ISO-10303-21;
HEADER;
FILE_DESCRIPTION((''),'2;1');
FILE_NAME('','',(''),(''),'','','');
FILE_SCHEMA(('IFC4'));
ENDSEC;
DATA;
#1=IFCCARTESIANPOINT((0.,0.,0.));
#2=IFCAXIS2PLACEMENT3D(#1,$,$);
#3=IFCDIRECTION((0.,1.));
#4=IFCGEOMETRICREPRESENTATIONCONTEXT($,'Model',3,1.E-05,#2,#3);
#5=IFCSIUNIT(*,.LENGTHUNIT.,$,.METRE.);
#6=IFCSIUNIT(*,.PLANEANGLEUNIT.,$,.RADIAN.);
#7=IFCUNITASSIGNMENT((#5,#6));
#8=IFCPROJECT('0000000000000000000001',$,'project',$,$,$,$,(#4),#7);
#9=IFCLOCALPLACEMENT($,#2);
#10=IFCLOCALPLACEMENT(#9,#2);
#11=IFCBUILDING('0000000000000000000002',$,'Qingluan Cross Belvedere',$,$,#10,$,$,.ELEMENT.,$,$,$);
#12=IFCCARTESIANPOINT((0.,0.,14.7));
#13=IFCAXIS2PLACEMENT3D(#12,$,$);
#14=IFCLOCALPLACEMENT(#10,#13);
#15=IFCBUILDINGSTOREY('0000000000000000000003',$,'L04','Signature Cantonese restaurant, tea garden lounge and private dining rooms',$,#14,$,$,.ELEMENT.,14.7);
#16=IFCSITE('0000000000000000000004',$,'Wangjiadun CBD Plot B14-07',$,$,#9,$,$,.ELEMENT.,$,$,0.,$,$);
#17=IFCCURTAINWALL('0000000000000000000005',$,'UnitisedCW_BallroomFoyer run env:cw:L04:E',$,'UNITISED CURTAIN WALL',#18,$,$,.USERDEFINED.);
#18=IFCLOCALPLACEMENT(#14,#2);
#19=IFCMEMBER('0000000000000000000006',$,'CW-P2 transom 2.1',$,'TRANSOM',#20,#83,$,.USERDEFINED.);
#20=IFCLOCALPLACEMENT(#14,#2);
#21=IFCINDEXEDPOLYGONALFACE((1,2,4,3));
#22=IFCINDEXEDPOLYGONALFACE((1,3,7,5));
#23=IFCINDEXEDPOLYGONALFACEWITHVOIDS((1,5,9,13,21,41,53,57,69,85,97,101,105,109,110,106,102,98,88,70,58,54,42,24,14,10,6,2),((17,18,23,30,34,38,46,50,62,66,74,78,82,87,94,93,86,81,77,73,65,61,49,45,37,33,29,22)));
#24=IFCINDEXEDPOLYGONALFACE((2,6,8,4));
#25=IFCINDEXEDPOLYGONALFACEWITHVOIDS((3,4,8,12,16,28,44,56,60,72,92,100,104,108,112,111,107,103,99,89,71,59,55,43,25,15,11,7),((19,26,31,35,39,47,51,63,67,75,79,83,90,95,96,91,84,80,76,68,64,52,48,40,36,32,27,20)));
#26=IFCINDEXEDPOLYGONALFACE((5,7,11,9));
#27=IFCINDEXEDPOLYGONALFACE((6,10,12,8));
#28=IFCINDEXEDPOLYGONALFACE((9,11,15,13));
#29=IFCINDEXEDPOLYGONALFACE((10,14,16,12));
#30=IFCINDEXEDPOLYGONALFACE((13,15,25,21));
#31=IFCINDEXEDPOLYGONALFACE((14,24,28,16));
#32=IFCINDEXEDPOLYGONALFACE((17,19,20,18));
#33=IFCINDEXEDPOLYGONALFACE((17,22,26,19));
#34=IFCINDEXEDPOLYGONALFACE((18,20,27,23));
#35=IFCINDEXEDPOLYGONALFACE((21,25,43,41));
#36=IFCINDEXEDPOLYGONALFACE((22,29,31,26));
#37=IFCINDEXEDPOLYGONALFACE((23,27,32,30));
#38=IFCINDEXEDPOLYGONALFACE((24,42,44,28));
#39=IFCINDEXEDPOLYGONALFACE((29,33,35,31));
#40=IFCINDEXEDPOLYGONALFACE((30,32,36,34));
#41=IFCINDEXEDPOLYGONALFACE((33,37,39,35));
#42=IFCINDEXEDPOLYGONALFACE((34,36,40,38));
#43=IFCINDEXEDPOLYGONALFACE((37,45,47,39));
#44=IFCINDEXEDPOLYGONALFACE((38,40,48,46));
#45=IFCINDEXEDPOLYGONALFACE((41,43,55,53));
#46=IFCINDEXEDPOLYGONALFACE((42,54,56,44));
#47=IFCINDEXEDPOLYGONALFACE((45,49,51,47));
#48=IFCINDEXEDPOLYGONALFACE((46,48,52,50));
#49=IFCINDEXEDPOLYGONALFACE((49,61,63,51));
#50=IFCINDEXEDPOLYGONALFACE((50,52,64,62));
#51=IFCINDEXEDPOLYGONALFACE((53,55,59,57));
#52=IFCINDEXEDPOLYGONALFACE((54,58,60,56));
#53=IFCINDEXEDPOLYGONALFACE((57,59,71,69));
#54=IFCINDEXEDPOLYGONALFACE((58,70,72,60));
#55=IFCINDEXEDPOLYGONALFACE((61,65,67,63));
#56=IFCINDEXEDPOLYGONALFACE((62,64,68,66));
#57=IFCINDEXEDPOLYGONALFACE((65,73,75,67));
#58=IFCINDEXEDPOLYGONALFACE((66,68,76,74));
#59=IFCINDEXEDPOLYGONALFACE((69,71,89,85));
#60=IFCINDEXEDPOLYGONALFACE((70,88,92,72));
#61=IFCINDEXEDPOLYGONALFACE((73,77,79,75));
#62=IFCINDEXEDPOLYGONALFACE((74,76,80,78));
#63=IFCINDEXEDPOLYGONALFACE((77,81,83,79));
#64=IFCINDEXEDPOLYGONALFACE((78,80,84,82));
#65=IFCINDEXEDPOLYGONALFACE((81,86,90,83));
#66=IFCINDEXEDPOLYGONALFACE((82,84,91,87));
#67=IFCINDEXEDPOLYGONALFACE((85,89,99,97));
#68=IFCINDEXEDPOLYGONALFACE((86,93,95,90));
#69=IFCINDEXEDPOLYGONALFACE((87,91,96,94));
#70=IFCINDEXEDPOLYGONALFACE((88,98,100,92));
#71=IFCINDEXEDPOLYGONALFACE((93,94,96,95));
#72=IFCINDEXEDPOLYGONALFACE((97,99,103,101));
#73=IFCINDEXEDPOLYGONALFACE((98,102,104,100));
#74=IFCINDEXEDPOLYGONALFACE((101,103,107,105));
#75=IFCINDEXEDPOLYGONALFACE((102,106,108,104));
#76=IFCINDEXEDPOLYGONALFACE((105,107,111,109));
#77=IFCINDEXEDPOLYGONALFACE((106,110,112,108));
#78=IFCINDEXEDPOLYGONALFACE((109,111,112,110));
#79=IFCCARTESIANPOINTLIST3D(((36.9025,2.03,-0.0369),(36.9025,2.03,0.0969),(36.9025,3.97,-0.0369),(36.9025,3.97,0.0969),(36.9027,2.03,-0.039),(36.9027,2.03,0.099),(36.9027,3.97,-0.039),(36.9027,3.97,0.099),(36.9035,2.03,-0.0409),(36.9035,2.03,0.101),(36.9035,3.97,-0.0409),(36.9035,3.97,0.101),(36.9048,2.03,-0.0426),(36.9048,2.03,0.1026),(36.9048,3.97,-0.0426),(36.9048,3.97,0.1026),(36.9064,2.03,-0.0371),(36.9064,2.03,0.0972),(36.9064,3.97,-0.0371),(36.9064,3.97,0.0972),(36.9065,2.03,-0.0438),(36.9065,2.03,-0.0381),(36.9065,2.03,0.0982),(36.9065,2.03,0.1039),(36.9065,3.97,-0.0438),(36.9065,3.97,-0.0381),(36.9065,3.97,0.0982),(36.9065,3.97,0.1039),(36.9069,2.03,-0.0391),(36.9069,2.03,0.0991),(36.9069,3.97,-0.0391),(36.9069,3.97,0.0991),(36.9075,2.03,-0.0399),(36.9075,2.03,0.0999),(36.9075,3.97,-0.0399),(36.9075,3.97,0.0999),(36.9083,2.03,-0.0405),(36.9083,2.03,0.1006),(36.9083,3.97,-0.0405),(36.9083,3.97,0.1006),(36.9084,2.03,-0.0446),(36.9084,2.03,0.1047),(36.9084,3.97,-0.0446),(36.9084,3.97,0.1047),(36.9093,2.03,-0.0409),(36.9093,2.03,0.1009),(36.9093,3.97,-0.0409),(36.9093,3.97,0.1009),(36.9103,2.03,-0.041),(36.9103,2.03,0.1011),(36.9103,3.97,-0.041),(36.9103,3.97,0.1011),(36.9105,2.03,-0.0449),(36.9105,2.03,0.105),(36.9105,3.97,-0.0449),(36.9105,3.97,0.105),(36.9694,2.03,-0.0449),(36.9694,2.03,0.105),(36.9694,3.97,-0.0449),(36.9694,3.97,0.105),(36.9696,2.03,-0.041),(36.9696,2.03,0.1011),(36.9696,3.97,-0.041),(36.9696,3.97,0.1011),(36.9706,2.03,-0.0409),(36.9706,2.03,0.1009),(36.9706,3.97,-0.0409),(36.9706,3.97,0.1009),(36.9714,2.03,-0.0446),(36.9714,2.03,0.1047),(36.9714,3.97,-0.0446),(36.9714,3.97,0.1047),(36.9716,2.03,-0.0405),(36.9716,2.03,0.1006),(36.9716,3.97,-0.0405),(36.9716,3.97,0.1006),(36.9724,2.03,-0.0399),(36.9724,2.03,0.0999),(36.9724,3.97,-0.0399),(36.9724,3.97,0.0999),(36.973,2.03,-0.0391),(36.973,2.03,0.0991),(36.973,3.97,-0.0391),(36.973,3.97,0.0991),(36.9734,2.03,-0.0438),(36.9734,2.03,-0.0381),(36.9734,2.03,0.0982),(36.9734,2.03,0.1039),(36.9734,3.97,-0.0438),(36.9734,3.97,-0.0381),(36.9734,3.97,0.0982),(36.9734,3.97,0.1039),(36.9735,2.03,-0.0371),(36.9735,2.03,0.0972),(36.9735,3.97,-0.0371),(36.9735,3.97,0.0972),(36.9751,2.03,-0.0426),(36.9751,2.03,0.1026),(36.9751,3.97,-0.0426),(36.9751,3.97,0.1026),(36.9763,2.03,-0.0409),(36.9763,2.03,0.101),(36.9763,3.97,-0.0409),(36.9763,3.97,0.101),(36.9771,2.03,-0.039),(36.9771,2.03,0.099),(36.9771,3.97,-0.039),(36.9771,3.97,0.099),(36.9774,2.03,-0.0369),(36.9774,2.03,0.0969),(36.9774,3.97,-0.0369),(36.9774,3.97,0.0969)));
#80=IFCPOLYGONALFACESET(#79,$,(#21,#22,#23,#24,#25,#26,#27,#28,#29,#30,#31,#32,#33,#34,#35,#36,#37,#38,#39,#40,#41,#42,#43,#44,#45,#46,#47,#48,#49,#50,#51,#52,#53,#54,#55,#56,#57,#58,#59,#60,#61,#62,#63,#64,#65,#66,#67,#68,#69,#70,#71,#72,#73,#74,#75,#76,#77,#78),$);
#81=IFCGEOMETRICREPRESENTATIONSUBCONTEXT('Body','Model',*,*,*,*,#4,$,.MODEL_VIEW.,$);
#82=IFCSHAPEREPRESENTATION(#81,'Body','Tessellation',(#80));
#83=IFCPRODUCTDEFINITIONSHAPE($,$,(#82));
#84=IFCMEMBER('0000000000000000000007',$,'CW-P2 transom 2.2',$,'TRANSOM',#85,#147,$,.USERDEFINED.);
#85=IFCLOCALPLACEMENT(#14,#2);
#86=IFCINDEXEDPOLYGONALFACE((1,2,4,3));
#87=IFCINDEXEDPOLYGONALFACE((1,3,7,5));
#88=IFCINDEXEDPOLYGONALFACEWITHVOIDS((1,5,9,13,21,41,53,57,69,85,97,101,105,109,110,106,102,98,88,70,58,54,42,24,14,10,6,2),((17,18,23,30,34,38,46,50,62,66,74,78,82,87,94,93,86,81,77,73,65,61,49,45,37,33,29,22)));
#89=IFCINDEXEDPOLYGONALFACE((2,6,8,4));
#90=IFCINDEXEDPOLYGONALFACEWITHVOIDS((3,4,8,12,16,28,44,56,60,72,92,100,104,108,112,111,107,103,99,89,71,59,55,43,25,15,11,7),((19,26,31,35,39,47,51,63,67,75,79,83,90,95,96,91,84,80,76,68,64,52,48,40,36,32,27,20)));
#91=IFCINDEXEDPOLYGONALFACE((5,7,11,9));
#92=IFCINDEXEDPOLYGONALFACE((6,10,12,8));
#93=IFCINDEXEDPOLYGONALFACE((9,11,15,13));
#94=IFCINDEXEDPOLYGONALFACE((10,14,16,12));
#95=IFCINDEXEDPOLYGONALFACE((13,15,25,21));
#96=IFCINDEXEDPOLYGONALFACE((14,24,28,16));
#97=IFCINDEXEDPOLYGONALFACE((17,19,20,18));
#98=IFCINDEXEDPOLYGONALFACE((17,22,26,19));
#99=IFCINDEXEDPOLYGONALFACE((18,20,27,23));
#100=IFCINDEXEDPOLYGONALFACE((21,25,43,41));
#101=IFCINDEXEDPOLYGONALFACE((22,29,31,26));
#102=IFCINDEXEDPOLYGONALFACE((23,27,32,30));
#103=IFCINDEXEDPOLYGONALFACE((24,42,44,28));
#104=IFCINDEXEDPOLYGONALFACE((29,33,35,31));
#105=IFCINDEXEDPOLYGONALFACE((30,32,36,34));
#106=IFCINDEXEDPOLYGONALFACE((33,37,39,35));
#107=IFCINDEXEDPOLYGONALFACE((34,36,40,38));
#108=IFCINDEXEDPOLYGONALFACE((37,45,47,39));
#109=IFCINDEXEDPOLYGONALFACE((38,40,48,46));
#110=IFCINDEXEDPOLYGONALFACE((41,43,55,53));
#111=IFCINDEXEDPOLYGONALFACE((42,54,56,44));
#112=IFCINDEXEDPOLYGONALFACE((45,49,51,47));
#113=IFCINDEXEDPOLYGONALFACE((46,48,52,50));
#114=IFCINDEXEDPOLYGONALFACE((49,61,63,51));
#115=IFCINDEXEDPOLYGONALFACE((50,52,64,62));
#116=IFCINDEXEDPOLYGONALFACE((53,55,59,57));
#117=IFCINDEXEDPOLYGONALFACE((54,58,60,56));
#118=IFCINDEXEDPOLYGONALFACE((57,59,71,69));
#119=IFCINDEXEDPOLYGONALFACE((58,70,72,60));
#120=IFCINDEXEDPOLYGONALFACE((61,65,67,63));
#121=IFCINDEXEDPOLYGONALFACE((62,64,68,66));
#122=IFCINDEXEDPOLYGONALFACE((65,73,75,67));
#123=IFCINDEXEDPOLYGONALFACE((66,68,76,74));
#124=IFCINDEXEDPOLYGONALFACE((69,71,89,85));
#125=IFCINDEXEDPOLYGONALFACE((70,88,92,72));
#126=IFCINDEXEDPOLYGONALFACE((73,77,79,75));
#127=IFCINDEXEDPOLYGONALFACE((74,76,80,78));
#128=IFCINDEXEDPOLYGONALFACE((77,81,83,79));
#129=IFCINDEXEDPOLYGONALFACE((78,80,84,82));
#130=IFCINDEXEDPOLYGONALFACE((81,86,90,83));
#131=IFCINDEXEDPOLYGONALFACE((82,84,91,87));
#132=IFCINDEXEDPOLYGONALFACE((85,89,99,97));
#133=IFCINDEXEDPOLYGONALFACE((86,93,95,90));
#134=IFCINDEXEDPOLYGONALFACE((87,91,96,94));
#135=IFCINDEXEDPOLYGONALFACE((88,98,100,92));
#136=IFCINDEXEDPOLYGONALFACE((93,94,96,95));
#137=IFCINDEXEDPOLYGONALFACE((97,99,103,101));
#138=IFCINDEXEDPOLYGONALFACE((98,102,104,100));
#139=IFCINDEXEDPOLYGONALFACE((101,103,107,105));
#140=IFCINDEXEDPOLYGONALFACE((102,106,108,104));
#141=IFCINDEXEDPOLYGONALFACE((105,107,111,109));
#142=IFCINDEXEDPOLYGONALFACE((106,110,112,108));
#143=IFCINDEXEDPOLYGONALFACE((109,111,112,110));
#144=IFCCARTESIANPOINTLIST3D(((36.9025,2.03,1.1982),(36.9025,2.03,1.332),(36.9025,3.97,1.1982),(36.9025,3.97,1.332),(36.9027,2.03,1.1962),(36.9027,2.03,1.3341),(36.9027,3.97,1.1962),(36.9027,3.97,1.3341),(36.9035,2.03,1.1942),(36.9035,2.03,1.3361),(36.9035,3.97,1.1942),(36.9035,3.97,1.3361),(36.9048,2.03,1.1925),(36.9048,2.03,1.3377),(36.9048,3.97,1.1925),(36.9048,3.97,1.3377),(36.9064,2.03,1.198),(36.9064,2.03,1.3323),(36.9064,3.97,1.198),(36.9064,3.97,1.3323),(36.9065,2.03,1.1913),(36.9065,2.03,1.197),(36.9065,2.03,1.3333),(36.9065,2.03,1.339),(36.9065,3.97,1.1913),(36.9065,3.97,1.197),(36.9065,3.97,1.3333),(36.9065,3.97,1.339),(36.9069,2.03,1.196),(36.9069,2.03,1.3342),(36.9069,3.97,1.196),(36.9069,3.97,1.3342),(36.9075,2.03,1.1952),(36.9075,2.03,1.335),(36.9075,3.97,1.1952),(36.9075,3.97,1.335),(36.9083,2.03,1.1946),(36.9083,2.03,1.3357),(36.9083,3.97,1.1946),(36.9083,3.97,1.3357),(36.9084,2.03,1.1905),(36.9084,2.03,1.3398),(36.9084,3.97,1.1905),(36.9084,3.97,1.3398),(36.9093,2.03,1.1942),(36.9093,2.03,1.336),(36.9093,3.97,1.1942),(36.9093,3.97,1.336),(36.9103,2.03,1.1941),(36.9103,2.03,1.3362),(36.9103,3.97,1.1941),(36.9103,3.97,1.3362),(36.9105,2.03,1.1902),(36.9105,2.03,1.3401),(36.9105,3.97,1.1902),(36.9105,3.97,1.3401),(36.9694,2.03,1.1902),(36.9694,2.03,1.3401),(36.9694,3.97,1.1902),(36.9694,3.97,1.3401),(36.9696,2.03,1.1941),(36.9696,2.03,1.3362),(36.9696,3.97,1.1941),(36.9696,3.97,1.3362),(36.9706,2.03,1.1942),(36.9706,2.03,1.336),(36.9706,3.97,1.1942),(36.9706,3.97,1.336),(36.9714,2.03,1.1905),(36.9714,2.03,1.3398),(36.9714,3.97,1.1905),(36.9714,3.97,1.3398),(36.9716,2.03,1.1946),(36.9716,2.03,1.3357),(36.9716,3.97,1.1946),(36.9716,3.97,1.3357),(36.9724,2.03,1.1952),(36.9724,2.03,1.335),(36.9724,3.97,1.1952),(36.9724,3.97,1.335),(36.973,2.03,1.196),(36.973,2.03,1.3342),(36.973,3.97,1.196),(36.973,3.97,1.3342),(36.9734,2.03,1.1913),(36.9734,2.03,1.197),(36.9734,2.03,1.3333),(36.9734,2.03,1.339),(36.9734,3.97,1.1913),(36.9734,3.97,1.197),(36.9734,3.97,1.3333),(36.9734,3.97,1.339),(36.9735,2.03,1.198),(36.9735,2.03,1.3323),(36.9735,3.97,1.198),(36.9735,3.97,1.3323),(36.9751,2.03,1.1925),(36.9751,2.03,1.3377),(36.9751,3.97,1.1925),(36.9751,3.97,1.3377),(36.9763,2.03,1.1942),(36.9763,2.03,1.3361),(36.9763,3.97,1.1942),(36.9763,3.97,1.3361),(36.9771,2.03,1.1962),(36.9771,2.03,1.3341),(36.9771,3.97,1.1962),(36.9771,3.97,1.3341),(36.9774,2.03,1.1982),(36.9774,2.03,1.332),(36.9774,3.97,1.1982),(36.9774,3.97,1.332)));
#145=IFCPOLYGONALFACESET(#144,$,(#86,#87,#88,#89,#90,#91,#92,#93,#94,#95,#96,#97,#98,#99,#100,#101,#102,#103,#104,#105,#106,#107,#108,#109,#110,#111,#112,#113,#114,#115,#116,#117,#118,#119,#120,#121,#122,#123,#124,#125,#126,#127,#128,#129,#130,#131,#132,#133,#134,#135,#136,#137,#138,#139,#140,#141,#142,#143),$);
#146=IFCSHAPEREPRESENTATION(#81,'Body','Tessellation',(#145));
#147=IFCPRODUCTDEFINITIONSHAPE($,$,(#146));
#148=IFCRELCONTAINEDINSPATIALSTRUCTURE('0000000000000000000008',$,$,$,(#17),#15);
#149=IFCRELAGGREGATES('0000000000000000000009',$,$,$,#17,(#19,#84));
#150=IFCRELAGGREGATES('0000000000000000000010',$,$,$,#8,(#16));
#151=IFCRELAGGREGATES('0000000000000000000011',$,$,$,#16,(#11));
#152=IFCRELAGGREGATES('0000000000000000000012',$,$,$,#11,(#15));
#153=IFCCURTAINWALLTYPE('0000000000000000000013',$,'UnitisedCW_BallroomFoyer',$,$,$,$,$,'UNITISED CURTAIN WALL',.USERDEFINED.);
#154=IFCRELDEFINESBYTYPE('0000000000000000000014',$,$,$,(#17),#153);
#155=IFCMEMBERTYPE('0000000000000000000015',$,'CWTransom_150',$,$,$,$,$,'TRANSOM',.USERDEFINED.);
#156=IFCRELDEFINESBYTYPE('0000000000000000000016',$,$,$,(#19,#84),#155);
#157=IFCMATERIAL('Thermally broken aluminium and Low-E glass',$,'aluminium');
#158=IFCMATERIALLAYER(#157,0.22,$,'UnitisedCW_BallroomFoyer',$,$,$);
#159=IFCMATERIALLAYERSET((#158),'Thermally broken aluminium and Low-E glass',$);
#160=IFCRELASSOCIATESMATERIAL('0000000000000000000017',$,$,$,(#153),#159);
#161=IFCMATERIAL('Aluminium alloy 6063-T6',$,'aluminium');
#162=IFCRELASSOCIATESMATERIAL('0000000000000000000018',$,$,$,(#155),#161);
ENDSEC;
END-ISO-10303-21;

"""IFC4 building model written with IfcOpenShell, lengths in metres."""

from ifc_helpers import new_model, si_unit, direction, frame, origin, origin_2d, place, context, subcontext, project, spatial, hollow_rectangle, extrude, material, layer, layer_set, material_profile, profile_set, type_object, element, aggregate, save


model = new_model("IFC4")

# Units and contexts
model_context = context("Model", 3, precision=1e-05, world=origin(), true_north=direction((0.0, 1.0)))
body_context = subcontext(model_context, "Body", "Model", "MODEL_VIEW")
ifc_project = project(units=[si_unit("LENGTHUNIT", "METRE"), si_unit("PLANEANGLEUNIT", "RADIAN")], contexts=[model_context])

# Site, building, storey
site_placement = place(None, origin())
site = spatial("IfcSite", under=ifc_project, at=site_placement, Name="Wangjiadun CBD Plot B14-07", CompositionType="ELEMENT", RefElevation=0.0)
building_placement = place(site_placement, origin())
building = spatial("IfcBuilding", under=site, at=building_placement, Name="Qingluan Cross Belvedere", CompositionType="ELEMENT")
storey_placement = place(building_placement, frame((0.0, 0.0, 14.7)))
storey = spatial("IfcBuildingStorey", under=building, at=storey_placement, Name="L04", Description="Signature Cantonese restaurant, tea garden lounge and private dining rooms", CompositionType="ELEMENT", Elevation=14.7)

# Curtain wall, members
ifc_material_1 = material(Name="Thermally broken aluminium and Low-E glass", Category="aluminium")
ifc_layer_1 = layer(ifc_material_1, 0.22, Name="UnitisedCW_BallroomFoyer")
ifc_layer_set_1 = layer_set([ifc_layer_1], Name="Thermally broken aluminium and Low-E glass")
curtain_wall_type = type_object("IfcCurtainWallType", Name="UnitisedCW_BallroomFoyer", ElementType="UNITISED CURTAIN WALL", PredefinedType="USERDEFINED", material=ifc_layer_set_1)
curtain_wall_placement = place(storey_placement, origin())
curtain_wall = element("IfcCurtainWall", 1, at=curtain_wall_placement, inside=storey, type_object=curtain_wall_type, Name="UnitisedCW_BallroomFoyer run env:cw:L04:E", ObjectType="UNITISED CURTAIN WALL", PredefinedType="USERDEFINED")
ifc_material_2 = material(Name="Aluminium alloy 6063-T6", Category="aluminium")
ifc_material_profile_1 = material_profile(ifc_material_2, hollow_rectangle(XDim=0.075, YDim=0.1499, WallThickness=0.0039, InnerFilletRadius=0.0039, OuterFilletRadius=0.0081, at=origin_2d()), Name="CWT150x75x4")
ifc_profile_set_1 = profile_set([ifc_material_profile_1], Name="Aluminium alloy 6063-T6")
member_type_1 = type_object("IfcMemberType", Name="CWTransom_150", ElementType="TRANSOM", PredefinedType="USERDEFINED", material=ifc_profile_set_1)
member_1_placement = place(storey_placement, frame((36.9399, 3.97, 0.03), z_axis=(0.0, -1.0, 0.0), x_axis=(1.0, 0.0, 0.0)))
member_1 = element("IfcMember", 2, at=member_1_placement, type_object=member_type_1, Name="CW-P2 transom 2.1", ObjectType="TRANSOM", PredefinedType="USERDEFINED", context=body_context, shape_type="SweptSolid", body=[
    extrude(hollow_rectangle(XDim=0.075, YDim=0.1499, WallThickness=0.0039, InnerFilletRadius=0.0039, OuterFilletRadius=0.0081, at=origin_2d()), origin(), (0.0, 0.0, 1.0), 1.9399),
])
member_2_placement = place(storey_placement, frame((36.9399, 3.97, 1.2651), z_axis=(0.0, -1.0, 0.0), x_axis=(1.0, 0.0, 0.0)))
member_2 = element("IfcMember", 3, at=member_2_placement, type_object=member_type_1, Name="CW-P2 transom 2.2", ObjectType="TRANSOM", PredefinedType="USERDEFINED", context=body_context, shape_type="SweptSolid", body=[
    extrude(hollow_rectangle(XDim=0.075, YDim=0.1499, WallThickness=0.0039, InnerFilletRadius=0.0039, OuterFilletRadius=0.0081, at=origin_2d()), origin(), (0.0, 0.0, 1.0), 1.9399),
])
aggregate(curtain_wall, [member_1, member_2])

save(model, "model.ifc")
